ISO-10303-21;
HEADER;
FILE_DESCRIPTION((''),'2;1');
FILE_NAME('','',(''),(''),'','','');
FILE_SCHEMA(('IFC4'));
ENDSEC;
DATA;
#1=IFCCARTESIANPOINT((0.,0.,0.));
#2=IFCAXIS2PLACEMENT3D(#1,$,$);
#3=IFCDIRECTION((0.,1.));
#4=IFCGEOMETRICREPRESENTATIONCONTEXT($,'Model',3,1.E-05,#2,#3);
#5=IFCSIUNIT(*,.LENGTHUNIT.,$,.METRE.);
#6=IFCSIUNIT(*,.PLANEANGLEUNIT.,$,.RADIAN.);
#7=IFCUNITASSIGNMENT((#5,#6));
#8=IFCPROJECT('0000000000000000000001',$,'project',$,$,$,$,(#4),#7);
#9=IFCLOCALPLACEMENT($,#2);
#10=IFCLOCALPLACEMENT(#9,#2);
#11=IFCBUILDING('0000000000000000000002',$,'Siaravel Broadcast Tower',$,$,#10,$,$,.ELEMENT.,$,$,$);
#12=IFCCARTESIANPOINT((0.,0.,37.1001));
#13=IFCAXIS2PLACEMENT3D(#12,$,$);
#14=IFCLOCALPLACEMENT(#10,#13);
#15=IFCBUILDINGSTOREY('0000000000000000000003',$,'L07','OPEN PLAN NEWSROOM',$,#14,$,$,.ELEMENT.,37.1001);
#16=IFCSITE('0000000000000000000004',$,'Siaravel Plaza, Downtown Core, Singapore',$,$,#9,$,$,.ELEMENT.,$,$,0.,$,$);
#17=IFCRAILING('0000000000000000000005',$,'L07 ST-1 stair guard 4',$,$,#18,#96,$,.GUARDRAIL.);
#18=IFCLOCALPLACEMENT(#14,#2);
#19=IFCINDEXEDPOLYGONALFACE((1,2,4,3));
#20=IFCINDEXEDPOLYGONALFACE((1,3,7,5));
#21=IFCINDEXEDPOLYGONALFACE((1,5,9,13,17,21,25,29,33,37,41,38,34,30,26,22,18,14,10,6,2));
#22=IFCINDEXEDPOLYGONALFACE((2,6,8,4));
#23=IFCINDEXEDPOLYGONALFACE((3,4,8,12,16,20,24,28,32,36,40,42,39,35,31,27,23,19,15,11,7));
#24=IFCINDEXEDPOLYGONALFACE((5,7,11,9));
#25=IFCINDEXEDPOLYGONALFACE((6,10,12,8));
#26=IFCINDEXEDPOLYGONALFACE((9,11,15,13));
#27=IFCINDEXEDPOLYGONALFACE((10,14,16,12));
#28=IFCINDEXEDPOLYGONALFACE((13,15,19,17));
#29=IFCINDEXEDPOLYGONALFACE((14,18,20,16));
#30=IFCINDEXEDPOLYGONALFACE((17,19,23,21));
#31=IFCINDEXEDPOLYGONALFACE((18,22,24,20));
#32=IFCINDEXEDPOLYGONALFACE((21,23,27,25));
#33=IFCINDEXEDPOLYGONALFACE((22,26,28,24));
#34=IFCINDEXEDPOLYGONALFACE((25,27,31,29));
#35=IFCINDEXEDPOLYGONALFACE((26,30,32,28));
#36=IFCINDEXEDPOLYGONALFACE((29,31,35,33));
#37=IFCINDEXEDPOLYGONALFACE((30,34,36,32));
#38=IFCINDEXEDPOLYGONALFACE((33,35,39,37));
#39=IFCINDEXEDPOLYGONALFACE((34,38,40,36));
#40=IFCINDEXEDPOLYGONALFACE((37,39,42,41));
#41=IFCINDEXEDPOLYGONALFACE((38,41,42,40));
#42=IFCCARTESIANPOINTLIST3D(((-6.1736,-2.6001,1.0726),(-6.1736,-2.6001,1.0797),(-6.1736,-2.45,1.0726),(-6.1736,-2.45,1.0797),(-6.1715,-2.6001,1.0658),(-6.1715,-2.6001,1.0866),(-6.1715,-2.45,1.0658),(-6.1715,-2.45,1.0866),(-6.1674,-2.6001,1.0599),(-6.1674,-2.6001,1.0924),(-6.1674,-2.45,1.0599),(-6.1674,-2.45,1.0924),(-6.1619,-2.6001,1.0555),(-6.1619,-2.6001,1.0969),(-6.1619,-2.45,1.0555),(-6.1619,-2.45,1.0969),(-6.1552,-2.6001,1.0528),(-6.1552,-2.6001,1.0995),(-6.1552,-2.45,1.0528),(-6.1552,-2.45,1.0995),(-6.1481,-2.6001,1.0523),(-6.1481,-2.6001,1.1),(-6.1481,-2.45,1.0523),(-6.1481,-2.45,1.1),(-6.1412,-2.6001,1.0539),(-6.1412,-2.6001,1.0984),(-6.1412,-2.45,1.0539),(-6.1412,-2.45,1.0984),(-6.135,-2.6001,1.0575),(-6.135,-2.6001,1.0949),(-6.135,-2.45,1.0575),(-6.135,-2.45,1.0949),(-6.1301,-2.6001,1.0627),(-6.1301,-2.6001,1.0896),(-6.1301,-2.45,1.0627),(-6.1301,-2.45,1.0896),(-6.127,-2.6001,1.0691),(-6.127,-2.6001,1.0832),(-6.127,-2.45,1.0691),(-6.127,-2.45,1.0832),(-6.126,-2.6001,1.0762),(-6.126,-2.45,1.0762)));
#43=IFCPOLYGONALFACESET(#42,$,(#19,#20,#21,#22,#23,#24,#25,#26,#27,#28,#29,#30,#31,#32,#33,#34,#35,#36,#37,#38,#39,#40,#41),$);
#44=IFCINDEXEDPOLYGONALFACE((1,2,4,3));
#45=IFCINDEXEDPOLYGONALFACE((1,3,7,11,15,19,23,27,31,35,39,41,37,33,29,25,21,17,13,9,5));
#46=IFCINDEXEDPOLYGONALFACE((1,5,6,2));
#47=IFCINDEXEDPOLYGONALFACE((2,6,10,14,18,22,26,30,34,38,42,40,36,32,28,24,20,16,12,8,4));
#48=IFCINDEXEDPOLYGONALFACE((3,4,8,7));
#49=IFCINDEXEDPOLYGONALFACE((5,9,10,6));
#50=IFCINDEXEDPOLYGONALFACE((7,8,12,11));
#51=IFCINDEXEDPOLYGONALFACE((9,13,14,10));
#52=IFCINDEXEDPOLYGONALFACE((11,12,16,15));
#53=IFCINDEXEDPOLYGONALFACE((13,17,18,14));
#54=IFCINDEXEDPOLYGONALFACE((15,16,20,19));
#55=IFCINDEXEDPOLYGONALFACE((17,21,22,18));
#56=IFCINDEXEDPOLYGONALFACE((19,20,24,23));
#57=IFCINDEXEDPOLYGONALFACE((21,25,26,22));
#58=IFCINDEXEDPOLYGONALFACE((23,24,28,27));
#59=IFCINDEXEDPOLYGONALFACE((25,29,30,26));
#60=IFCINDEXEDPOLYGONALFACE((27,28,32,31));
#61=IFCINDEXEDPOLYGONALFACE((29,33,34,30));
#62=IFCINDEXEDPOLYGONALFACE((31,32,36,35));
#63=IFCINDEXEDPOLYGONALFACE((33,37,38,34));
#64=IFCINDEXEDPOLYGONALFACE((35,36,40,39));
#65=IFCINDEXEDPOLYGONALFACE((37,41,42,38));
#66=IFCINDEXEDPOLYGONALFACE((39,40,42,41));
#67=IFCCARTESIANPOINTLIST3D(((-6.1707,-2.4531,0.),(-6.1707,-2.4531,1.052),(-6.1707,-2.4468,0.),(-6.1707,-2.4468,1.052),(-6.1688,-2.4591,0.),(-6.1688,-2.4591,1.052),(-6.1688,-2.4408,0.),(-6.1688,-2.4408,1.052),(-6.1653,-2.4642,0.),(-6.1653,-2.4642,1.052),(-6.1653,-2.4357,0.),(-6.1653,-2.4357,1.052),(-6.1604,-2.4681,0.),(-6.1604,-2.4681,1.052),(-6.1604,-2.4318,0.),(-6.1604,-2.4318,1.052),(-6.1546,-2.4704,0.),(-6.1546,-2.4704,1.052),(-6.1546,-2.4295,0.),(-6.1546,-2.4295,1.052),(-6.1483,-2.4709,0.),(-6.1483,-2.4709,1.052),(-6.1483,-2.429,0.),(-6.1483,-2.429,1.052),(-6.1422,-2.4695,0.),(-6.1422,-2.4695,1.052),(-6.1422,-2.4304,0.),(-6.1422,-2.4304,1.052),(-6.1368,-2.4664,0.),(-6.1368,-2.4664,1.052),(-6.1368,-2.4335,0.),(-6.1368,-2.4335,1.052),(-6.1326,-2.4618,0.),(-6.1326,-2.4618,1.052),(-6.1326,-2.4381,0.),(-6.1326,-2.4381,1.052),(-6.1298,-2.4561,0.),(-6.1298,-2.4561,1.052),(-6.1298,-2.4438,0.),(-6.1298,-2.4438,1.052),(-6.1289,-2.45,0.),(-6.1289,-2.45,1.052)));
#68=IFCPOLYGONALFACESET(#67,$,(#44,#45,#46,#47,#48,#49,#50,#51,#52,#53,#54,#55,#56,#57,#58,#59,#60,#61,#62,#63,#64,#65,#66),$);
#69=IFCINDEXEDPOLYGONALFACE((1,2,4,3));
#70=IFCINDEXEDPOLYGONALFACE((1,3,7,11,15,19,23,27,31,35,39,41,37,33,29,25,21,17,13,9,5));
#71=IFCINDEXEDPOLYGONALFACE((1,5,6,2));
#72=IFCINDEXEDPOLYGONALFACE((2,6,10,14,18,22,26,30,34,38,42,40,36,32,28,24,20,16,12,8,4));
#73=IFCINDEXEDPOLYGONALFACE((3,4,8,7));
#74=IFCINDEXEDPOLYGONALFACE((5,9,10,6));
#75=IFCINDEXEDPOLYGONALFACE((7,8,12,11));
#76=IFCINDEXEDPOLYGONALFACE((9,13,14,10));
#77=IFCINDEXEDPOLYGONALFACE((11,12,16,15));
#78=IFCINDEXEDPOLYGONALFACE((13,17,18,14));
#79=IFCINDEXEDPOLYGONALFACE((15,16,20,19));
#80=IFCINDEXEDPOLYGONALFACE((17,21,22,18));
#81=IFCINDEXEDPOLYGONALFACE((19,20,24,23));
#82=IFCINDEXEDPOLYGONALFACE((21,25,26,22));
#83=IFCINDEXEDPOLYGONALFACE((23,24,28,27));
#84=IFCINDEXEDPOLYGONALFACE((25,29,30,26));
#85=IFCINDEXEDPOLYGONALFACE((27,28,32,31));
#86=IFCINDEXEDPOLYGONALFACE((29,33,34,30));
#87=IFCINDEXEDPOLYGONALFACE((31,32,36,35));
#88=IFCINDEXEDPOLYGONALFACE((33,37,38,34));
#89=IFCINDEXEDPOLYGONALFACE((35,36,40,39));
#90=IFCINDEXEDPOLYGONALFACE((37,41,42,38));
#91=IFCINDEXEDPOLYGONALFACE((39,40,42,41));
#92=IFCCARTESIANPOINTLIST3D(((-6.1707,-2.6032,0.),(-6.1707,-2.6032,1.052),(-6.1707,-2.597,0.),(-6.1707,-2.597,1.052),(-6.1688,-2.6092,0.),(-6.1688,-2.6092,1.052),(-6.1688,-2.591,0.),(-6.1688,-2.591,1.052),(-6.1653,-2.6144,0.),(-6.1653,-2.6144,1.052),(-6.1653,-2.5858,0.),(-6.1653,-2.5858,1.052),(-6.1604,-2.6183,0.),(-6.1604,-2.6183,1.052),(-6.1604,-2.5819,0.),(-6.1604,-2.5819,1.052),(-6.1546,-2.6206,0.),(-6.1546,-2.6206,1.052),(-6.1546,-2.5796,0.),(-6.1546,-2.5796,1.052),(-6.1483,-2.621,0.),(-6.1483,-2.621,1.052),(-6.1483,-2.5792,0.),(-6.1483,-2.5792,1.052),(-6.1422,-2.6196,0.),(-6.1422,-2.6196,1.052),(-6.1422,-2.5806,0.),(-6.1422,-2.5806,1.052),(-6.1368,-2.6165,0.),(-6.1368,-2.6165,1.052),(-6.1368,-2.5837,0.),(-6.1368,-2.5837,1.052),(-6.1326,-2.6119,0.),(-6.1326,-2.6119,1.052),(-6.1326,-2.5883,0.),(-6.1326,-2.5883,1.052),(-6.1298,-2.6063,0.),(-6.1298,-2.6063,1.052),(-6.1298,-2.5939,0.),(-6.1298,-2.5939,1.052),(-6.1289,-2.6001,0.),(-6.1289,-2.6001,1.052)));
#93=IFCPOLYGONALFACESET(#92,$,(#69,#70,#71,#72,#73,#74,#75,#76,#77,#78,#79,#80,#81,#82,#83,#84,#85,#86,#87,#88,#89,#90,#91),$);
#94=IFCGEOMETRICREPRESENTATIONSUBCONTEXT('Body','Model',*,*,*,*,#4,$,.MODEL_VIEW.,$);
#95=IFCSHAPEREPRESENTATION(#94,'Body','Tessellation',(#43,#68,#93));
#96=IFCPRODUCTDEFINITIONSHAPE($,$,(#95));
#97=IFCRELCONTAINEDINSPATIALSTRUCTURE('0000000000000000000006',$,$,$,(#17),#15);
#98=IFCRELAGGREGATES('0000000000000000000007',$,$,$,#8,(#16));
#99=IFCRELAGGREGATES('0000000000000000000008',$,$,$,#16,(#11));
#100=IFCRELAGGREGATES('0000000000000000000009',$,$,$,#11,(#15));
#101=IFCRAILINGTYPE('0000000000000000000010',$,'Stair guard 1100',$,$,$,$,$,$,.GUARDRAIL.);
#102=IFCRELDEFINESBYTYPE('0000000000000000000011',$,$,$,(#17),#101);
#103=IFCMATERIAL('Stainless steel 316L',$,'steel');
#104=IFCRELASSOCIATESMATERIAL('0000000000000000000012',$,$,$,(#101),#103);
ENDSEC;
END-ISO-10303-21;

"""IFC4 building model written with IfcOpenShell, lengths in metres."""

from ifc_helpers import new_model, si_unit, direction, frame, origin, origin_2d, place, context, subcontext, project, spatial, circle, extrude, material, type_object, element, save


model = new_model("IFC4")

# Units and contexts
model_context = context("Model", 3, precision=1e-05, world=origin(), true_north=direction((0.0, 1.0)))
body_context = subcontext(model_context, "Body", "Model", "MODEL_VIEW")
ifc_project = project(units=[si_unit("LENGTHUNIT", "METRE"), si_unit("PLANEANGLEUNIT", "RADIAN")], contexts=[model_context])

# Site, building, storey
site_placement = place(None, origin())
site = spatial("IfcSite", under=ifc_project, at=site_placement, Name="Siaravel Plaza, Downtown Core, Singapore", CompositionType="ELEMENT", RefElevation=0.0)
building_placement = place(site_placement, origin())
building = spatial("IfcBuilding", under=site, at=building_placement, Name="Siaravel Broadcast Tower", CompositionType="ELEMENT")
storey_placement = place(building_placement, frame((0.0, 0.0, 37.1001)))
storey = spatial("IfcBuildingStorey", under=building, at=storey_placement, Name="L07", Description="OPEN PLAN NEWSROOM", CompositionType="ELEMENT", Elevation=37.1001)

# Shared definitions
ifc_material_1 = material(Name="Stainless steel 316L", Category="steel")

# Railing
railing_type_1 = type_object("IfcRailingType", Name="Stair guard 1100", PredefinedType="GUARDRAIL", material=ifc_material_1)
railing_1_placement = place(storey_placement, frame((-6.1499, -2.45, 0.0)))
element("IfcRailing", 1, at=railing_1_placement, inside=storey, type_object=railing_type_1, Name="L07 ST-1 stair guard 4", PredefinedType="GUARDRAIL", context=body_context, shape_type="SweptSolid", body=[
    extrude(circle(Radius=0.0239, at=origin_2d()), frame((0.0, 0.0, 1.0762), z_axis=(0.0, -1.0, 0.0), x_axis=(1.0, 0.0, 0.0)), (0.0, 0.0, 1.0), 0.1501),
    extrude(circle(Radius=0.021, at=origin_2d()), origin(), (0.0, 0.0, 1.0), 1.052),
    extrude(circle(Radius=0.021, at=origin_2d()), frame((0.0, -0.1501, 0.0)), (0.0, 0.0, 1.0), 1.052),
])

save(model, "model.ifc")
